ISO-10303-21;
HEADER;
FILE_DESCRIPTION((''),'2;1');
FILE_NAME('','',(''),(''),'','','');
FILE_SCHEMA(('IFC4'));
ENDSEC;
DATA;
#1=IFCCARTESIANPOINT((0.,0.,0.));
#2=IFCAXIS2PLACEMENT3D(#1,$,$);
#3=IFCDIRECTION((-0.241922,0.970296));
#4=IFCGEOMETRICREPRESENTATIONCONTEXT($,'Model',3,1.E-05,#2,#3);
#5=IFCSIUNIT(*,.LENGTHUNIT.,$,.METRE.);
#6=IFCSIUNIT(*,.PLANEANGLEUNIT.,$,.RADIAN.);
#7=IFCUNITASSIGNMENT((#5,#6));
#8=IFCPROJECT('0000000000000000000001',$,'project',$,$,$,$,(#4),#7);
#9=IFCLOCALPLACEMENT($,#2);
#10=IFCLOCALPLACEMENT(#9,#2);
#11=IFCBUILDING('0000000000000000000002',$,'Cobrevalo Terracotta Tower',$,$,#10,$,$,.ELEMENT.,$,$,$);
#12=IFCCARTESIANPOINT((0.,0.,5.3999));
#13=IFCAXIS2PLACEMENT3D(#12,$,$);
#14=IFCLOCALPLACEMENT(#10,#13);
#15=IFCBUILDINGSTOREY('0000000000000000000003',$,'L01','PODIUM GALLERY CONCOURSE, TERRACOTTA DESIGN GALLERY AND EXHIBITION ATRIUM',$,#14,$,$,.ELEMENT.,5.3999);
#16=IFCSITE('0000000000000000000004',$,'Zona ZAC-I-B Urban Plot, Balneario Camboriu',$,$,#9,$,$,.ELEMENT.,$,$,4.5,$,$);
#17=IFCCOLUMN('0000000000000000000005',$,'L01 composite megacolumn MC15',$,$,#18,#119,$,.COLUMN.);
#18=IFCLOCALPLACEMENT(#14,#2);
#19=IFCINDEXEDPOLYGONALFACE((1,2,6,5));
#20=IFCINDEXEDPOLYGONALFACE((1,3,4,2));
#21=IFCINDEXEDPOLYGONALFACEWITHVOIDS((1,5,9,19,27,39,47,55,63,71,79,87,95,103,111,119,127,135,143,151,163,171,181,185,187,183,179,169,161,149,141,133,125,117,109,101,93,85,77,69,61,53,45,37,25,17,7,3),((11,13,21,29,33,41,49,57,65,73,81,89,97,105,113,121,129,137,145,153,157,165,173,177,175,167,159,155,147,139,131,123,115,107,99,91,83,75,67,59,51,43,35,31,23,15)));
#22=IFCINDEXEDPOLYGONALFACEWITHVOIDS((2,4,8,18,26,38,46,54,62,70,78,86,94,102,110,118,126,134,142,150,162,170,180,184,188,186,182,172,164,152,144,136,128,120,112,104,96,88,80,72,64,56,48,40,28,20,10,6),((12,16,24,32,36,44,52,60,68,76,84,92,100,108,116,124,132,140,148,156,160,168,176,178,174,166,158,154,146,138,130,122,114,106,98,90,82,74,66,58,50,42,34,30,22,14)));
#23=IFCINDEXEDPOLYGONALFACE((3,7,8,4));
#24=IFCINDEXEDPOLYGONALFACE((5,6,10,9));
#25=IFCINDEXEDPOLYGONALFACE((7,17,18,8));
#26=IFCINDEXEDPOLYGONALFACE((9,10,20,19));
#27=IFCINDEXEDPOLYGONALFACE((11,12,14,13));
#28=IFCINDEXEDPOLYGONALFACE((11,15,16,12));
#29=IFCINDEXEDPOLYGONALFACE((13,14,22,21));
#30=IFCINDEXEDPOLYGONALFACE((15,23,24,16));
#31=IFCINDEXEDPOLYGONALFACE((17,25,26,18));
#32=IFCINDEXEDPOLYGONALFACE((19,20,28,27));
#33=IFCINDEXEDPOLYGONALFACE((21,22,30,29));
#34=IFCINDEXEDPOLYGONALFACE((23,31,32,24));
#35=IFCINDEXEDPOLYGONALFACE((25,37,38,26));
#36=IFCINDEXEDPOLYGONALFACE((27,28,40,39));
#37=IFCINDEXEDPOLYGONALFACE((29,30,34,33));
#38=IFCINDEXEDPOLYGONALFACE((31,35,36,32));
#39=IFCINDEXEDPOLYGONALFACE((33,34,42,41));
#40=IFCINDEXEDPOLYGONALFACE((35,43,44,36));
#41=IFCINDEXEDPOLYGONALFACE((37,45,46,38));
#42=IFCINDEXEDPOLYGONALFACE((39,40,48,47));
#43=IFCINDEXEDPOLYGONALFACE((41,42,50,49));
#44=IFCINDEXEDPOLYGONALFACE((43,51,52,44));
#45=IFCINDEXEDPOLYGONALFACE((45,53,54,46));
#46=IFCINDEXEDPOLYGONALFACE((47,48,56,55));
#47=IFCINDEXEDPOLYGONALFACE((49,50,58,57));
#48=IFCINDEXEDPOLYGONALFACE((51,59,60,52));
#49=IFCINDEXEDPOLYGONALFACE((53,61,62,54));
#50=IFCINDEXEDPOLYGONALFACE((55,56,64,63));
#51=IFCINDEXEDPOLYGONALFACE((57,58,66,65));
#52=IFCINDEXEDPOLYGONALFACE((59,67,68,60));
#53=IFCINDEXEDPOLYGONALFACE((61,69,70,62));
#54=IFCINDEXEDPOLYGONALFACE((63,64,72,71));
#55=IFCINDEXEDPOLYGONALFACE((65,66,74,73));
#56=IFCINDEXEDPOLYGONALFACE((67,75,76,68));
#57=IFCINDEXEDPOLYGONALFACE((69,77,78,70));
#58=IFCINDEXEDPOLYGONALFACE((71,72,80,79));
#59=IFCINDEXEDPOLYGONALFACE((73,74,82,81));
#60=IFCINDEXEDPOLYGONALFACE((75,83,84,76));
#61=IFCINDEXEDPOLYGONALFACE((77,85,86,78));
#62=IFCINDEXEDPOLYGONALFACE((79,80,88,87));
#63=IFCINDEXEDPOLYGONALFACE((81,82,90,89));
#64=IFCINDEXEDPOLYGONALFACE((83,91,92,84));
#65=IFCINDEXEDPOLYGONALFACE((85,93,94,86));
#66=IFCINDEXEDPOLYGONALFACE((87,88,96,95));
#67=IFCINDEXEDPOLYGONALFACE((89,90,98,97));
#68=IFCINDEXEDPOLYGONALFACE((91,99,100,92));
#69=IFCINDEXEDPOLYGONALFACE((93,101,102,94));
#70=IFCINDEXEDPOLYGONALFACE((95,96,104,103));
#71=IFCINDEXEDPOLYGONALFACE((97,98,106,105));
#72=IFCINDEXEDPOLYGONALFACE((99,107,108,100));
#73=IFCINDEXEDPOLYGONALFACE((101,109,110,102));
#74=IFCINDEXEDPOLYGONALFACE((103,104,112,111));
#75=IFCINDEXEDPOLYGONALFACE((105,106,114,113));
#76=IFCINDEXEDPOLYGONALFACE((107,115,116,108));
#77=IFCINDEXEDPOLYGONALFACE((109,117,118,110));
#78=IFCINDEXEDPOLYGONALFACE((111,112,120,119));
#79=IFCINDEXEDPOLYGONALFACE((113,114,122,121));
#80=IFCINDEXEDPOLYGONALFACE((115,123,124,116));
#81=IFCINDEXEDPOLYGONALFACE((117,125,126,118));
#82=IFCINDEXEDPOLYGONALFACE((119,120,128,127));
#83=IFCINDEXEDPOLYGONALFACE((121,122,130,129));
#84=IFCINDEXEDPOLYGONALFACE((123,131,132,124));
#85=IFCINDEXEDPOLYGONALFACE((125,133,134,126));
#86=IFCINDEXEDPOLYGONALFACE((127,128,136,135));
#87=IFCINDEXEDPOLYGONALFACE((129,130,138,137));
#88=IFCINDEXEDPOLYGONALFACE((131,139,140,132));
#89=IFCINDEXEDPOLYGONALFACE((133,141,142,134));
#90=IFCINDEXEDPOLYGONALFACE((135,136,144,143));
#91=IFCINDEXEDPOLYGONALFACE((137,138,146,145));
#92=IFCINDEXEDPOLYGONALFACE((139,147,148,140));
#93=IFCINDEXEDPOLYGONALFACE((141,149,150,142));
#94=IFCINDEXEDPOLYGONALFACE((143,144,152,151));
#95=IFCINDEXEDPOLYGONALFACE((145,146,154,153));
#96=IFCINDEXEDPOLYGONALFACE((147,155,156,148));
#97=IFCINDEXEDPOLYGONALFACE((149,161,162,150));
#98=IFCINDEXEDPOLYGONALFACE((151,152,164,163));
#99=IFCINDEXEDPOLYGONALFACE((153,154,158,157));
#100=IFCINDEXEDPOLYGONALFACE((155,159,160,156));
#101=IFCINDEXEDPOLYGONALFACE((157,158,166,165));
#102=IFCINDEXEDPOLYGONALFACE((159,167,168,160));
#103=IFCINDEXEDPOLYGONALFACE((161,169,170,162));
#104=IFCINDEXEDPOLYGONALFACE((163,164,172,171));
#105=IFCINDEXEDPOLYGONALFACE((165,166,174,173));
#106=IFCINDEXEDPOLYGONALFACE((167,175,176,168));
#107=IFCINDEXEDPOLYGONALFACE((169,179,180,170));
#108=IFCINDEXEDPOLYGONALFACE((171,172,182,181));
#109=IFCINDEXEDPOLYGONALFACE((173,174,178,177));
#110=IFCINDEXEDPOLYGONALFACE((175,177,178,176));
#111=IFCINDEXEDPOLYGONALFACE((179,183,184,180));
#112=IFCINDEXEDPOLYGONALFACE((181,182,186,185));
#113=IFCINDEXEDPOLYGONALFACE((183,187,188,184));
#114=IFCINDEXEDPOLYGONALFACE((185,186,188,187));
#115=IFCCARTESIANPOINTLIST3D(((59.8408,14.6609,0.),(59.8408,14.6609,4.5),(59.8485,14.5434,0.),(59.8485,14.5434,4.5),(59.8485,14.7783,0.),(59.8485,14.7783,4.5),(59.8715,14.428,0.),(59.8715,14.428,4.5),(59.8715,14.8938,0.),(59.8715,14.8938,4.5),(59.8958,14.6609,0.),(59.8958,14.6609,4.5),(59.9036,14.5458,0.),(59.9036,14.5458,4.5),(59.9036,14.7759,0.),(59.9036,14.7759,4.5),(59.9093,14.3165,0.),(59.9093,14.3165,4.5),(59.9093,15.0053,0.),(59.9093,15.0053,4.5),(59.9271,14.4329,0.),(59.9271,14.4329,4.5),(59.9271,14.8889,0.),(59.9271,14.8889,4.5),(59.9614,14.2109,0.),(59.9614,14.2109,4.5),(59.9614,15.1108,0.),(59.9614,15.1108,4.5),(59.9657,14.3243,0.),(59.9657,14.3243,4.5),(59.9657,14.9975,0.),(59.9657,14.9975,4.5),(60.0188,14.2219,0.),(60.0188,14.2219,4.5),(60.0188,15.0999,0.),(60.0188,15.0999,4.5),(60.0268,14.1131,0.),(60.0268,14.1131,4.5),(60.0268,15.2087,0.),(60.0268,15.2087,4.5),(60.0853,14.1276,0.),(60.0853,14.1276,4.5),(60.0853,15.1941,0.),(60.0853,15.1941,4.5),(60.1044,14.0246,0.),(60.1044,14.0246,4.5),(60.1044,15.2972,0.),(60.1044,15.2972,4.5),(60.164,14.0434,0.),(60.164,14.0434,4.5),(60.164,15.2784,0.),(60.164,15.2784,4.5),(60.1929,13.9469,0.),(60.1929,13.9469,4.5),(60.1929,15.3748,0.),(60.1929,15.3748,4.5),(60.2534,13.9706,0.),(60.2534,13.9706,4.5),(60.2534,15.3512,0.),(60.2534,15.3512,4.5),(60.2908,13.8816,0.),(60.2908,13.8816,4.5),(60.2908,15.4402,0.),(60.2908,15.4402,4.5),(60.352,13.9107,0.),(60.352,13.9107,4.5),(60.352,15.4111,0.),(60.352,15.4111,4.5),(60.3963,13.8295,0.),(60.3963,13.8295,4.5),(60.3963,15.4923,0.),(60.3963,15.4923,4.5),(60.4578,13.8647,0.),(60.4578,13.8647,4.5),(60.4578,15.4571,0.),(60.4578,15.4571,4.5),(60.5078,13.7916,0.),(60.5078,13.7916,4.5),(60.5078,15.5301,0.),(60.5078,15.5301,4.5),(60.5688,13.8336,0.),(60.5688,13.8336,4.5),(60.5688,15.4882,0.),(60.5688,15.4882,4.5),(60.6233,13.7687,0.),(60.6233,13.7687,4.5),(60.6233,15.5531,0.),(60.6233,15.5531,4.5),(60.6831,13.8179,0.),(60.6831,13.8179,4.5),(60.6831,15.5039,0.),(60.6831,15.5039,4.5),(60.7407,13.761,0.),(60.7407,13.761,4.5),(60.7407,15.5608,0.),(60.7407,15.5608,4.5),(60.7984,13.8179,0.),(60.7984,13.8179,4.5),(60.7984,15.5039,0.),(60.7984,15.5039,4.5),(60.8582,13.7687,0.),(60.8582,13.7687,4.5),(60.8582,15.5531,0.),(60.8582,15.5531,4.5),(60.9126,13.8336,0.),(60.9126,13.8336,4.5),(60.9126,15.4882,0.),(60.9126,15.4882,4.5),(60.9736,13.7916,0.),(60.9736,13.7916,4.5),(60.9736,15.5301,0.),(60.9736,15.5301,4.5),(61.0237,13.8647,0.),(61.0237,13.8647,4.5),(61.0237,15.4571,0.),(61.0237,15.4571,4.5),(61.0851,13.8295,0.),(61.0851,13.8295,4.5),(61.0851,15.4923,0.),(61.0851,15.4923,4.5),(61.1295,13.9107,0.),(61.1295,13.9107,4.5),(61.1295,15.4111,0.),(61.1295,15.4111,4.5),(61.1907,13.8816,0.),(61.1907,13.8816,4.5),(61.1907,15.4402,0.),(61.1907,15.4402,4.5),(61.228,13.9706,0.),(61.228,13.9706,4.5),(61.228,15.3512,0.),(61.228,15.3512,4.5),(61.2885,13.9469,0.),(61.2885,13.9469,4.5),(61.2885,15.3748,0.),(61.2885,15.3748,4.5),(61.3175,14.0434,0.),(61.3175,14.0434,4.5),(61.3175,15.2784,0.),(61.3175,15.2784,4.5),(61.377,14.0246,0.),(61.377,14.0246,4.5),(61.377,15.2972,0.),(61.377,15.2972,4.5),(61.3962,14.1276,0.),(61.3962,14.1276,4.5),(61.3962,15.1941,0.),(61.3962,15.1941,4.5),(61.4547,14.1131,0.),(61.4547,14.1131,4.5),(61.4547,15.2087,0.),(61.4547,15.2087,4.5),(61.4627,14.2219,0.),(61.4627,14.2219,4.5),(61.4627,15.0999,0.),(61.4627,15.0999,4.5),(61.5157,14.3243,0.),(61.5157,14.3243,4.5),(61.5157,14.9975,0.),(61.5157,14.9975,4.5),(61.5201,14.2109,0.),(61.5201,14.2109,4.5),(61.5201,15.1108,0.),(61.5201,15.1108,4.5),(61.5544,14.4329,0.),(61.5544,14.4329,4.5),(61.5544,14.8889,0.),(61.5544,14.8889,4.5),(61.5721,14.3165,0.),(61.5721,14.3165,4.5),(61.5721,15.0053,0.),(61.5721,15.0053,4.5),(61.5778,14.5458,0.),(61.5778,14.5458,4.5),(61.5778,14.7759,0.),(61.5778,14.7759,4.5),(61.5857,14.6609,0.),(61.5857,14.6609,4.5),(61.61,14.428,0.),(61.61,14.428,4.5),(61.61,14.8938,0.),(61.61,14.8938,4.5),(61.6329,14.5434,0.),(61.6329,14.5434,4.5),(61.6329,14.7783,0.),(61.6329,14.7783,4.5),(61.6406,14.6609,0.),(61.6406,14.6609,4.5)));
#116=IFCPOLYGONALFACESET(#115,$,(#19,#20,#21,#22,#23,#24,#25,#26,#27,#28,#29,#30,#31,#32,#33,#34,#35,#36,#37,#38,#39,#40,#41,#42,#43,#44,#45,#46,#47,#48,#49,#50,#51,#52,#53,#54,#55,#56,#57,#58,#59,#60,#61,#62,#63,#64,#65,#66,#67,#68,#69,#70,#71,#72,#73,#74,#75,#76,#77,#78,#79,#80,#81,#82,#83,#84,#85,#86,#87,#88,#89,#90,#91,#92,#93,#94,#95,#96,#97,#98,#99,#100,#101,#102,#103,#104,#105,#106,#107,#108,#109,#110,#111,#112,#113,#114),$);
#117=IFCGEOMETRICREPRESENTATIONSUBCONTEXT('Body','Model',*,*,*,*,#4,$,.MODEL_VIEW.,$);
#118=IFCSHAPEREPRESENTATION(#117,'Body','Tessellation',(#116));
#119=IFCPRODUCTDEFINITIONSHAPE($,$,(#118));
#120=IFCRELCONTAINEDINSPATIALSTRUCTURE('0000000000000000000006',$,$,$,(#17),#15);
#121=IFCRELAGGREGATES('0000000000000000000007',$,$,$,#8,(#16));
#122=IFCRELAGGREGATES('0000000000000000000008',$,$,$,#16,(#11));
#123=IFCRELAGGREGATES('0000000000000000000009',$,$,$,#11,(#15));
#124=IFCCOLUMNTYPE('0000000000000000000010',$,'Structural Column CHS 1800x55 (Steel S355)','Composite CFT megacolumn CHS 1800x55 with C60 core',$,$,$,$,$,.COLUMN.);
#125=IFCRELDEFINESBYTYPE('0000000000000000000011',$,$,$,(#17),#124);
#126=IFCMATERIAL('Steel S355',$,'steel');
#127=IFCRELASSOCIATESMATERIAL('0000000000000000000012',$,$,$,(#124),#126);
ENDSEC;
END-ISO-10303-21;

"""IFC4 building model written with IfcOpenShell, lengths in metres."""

from ifc_helpers import new_model, si_unit, direction, frame, origin, origin_2d, place, context, subcontext, project, spatial, hollow_circle, extrude, material, material_profile, profile_set, type_object, element, save


model = new_model("IFC4")

# Units and contexts
model_context = context("Model", 3, precision=1e-05, world=origin(), true_north=direction((-0.241922, 0.970296)))
body_context = subcontext(model_context, "Body", "Model", "MODEL_VIEW")
ifc_project = project(units=[si_unit("LENGTHUNIT", "METRE"), si_unit("PLANEANGLEUNIT", "RADIAN")], contexts=[model_context])

# Site, building, storey
site_placement = place(None, origin())
site = spatial("IfcSite", under=ifc_project, at=site_placement, Name="Zona ZAC-I-B Urban Plot, Balneario Camboriu", CompositionType="ELEMENT", RefElevation=4.5)
building_placement = place(site_placement, origin())
building = spatial("IfcBuilding", under=site, at=building_placement, Name="Cobrevalo Terracotta Tower", CompositionType="ELEMENT")
storey_placement = place(building_placement, frame((0.0, 0.0, 5.3999)))
storey = spatial("IfcBuildingStorey", under=building, at=storey_placement, Name="L01", Description="PODIUM GALLERY CONCOURSE, TERRACOTTA DESIGN GALLERY AND EXHIBITION ATRIUM", CompositionType="ELEMENT", Elevation=5.3999)

# Column
ifc_material_1 = material(Name="Steel S355", Category="steel")
ifc_material_profile_1 = material_profile(ifc_material_1, hollow_circle(Radius=0.8999, WallThickness=0.0549, at=origin_2d()), Name="CHS 1800x55")
ifc_profile_set_1 = profile_set([ifc_material_profile_1], Name="Steel S355")
column_type_1 = type_object("IfcColumnType", Name="Structural Column CHS 1800x55 (Steel S355)", Description="Composite CFT megacolumn CHS 1800x55 with C60 core", PredefinedType="COLUMN", material=ifc_profile_set_1)
for number, where, z_axis, x_axis, name in (
    (1, (60.7407, 14.6609, 0.0), (0.0, 0.0, 1.0), (1.0, 0.0, 0.0), "L01 composite megacolumn MC15"),
):
    element("IfcColumn", number, at=place(storey_placement, frame(where, z_axis=z_axis, x_axis=x_axis)), inside=storey, type_object=column_type_1, Name=name, PredefinedType="COLUMN", context=body_context, shape_type="SweptSolid", body=[
        extrude(hollow_circle(Radius=0.8999, WallThickness=0.0549, at=origin_2d()), origin(), (0.0, 0.0, 1.0), 4.5),
    ])

save(model, "model.ifc")
